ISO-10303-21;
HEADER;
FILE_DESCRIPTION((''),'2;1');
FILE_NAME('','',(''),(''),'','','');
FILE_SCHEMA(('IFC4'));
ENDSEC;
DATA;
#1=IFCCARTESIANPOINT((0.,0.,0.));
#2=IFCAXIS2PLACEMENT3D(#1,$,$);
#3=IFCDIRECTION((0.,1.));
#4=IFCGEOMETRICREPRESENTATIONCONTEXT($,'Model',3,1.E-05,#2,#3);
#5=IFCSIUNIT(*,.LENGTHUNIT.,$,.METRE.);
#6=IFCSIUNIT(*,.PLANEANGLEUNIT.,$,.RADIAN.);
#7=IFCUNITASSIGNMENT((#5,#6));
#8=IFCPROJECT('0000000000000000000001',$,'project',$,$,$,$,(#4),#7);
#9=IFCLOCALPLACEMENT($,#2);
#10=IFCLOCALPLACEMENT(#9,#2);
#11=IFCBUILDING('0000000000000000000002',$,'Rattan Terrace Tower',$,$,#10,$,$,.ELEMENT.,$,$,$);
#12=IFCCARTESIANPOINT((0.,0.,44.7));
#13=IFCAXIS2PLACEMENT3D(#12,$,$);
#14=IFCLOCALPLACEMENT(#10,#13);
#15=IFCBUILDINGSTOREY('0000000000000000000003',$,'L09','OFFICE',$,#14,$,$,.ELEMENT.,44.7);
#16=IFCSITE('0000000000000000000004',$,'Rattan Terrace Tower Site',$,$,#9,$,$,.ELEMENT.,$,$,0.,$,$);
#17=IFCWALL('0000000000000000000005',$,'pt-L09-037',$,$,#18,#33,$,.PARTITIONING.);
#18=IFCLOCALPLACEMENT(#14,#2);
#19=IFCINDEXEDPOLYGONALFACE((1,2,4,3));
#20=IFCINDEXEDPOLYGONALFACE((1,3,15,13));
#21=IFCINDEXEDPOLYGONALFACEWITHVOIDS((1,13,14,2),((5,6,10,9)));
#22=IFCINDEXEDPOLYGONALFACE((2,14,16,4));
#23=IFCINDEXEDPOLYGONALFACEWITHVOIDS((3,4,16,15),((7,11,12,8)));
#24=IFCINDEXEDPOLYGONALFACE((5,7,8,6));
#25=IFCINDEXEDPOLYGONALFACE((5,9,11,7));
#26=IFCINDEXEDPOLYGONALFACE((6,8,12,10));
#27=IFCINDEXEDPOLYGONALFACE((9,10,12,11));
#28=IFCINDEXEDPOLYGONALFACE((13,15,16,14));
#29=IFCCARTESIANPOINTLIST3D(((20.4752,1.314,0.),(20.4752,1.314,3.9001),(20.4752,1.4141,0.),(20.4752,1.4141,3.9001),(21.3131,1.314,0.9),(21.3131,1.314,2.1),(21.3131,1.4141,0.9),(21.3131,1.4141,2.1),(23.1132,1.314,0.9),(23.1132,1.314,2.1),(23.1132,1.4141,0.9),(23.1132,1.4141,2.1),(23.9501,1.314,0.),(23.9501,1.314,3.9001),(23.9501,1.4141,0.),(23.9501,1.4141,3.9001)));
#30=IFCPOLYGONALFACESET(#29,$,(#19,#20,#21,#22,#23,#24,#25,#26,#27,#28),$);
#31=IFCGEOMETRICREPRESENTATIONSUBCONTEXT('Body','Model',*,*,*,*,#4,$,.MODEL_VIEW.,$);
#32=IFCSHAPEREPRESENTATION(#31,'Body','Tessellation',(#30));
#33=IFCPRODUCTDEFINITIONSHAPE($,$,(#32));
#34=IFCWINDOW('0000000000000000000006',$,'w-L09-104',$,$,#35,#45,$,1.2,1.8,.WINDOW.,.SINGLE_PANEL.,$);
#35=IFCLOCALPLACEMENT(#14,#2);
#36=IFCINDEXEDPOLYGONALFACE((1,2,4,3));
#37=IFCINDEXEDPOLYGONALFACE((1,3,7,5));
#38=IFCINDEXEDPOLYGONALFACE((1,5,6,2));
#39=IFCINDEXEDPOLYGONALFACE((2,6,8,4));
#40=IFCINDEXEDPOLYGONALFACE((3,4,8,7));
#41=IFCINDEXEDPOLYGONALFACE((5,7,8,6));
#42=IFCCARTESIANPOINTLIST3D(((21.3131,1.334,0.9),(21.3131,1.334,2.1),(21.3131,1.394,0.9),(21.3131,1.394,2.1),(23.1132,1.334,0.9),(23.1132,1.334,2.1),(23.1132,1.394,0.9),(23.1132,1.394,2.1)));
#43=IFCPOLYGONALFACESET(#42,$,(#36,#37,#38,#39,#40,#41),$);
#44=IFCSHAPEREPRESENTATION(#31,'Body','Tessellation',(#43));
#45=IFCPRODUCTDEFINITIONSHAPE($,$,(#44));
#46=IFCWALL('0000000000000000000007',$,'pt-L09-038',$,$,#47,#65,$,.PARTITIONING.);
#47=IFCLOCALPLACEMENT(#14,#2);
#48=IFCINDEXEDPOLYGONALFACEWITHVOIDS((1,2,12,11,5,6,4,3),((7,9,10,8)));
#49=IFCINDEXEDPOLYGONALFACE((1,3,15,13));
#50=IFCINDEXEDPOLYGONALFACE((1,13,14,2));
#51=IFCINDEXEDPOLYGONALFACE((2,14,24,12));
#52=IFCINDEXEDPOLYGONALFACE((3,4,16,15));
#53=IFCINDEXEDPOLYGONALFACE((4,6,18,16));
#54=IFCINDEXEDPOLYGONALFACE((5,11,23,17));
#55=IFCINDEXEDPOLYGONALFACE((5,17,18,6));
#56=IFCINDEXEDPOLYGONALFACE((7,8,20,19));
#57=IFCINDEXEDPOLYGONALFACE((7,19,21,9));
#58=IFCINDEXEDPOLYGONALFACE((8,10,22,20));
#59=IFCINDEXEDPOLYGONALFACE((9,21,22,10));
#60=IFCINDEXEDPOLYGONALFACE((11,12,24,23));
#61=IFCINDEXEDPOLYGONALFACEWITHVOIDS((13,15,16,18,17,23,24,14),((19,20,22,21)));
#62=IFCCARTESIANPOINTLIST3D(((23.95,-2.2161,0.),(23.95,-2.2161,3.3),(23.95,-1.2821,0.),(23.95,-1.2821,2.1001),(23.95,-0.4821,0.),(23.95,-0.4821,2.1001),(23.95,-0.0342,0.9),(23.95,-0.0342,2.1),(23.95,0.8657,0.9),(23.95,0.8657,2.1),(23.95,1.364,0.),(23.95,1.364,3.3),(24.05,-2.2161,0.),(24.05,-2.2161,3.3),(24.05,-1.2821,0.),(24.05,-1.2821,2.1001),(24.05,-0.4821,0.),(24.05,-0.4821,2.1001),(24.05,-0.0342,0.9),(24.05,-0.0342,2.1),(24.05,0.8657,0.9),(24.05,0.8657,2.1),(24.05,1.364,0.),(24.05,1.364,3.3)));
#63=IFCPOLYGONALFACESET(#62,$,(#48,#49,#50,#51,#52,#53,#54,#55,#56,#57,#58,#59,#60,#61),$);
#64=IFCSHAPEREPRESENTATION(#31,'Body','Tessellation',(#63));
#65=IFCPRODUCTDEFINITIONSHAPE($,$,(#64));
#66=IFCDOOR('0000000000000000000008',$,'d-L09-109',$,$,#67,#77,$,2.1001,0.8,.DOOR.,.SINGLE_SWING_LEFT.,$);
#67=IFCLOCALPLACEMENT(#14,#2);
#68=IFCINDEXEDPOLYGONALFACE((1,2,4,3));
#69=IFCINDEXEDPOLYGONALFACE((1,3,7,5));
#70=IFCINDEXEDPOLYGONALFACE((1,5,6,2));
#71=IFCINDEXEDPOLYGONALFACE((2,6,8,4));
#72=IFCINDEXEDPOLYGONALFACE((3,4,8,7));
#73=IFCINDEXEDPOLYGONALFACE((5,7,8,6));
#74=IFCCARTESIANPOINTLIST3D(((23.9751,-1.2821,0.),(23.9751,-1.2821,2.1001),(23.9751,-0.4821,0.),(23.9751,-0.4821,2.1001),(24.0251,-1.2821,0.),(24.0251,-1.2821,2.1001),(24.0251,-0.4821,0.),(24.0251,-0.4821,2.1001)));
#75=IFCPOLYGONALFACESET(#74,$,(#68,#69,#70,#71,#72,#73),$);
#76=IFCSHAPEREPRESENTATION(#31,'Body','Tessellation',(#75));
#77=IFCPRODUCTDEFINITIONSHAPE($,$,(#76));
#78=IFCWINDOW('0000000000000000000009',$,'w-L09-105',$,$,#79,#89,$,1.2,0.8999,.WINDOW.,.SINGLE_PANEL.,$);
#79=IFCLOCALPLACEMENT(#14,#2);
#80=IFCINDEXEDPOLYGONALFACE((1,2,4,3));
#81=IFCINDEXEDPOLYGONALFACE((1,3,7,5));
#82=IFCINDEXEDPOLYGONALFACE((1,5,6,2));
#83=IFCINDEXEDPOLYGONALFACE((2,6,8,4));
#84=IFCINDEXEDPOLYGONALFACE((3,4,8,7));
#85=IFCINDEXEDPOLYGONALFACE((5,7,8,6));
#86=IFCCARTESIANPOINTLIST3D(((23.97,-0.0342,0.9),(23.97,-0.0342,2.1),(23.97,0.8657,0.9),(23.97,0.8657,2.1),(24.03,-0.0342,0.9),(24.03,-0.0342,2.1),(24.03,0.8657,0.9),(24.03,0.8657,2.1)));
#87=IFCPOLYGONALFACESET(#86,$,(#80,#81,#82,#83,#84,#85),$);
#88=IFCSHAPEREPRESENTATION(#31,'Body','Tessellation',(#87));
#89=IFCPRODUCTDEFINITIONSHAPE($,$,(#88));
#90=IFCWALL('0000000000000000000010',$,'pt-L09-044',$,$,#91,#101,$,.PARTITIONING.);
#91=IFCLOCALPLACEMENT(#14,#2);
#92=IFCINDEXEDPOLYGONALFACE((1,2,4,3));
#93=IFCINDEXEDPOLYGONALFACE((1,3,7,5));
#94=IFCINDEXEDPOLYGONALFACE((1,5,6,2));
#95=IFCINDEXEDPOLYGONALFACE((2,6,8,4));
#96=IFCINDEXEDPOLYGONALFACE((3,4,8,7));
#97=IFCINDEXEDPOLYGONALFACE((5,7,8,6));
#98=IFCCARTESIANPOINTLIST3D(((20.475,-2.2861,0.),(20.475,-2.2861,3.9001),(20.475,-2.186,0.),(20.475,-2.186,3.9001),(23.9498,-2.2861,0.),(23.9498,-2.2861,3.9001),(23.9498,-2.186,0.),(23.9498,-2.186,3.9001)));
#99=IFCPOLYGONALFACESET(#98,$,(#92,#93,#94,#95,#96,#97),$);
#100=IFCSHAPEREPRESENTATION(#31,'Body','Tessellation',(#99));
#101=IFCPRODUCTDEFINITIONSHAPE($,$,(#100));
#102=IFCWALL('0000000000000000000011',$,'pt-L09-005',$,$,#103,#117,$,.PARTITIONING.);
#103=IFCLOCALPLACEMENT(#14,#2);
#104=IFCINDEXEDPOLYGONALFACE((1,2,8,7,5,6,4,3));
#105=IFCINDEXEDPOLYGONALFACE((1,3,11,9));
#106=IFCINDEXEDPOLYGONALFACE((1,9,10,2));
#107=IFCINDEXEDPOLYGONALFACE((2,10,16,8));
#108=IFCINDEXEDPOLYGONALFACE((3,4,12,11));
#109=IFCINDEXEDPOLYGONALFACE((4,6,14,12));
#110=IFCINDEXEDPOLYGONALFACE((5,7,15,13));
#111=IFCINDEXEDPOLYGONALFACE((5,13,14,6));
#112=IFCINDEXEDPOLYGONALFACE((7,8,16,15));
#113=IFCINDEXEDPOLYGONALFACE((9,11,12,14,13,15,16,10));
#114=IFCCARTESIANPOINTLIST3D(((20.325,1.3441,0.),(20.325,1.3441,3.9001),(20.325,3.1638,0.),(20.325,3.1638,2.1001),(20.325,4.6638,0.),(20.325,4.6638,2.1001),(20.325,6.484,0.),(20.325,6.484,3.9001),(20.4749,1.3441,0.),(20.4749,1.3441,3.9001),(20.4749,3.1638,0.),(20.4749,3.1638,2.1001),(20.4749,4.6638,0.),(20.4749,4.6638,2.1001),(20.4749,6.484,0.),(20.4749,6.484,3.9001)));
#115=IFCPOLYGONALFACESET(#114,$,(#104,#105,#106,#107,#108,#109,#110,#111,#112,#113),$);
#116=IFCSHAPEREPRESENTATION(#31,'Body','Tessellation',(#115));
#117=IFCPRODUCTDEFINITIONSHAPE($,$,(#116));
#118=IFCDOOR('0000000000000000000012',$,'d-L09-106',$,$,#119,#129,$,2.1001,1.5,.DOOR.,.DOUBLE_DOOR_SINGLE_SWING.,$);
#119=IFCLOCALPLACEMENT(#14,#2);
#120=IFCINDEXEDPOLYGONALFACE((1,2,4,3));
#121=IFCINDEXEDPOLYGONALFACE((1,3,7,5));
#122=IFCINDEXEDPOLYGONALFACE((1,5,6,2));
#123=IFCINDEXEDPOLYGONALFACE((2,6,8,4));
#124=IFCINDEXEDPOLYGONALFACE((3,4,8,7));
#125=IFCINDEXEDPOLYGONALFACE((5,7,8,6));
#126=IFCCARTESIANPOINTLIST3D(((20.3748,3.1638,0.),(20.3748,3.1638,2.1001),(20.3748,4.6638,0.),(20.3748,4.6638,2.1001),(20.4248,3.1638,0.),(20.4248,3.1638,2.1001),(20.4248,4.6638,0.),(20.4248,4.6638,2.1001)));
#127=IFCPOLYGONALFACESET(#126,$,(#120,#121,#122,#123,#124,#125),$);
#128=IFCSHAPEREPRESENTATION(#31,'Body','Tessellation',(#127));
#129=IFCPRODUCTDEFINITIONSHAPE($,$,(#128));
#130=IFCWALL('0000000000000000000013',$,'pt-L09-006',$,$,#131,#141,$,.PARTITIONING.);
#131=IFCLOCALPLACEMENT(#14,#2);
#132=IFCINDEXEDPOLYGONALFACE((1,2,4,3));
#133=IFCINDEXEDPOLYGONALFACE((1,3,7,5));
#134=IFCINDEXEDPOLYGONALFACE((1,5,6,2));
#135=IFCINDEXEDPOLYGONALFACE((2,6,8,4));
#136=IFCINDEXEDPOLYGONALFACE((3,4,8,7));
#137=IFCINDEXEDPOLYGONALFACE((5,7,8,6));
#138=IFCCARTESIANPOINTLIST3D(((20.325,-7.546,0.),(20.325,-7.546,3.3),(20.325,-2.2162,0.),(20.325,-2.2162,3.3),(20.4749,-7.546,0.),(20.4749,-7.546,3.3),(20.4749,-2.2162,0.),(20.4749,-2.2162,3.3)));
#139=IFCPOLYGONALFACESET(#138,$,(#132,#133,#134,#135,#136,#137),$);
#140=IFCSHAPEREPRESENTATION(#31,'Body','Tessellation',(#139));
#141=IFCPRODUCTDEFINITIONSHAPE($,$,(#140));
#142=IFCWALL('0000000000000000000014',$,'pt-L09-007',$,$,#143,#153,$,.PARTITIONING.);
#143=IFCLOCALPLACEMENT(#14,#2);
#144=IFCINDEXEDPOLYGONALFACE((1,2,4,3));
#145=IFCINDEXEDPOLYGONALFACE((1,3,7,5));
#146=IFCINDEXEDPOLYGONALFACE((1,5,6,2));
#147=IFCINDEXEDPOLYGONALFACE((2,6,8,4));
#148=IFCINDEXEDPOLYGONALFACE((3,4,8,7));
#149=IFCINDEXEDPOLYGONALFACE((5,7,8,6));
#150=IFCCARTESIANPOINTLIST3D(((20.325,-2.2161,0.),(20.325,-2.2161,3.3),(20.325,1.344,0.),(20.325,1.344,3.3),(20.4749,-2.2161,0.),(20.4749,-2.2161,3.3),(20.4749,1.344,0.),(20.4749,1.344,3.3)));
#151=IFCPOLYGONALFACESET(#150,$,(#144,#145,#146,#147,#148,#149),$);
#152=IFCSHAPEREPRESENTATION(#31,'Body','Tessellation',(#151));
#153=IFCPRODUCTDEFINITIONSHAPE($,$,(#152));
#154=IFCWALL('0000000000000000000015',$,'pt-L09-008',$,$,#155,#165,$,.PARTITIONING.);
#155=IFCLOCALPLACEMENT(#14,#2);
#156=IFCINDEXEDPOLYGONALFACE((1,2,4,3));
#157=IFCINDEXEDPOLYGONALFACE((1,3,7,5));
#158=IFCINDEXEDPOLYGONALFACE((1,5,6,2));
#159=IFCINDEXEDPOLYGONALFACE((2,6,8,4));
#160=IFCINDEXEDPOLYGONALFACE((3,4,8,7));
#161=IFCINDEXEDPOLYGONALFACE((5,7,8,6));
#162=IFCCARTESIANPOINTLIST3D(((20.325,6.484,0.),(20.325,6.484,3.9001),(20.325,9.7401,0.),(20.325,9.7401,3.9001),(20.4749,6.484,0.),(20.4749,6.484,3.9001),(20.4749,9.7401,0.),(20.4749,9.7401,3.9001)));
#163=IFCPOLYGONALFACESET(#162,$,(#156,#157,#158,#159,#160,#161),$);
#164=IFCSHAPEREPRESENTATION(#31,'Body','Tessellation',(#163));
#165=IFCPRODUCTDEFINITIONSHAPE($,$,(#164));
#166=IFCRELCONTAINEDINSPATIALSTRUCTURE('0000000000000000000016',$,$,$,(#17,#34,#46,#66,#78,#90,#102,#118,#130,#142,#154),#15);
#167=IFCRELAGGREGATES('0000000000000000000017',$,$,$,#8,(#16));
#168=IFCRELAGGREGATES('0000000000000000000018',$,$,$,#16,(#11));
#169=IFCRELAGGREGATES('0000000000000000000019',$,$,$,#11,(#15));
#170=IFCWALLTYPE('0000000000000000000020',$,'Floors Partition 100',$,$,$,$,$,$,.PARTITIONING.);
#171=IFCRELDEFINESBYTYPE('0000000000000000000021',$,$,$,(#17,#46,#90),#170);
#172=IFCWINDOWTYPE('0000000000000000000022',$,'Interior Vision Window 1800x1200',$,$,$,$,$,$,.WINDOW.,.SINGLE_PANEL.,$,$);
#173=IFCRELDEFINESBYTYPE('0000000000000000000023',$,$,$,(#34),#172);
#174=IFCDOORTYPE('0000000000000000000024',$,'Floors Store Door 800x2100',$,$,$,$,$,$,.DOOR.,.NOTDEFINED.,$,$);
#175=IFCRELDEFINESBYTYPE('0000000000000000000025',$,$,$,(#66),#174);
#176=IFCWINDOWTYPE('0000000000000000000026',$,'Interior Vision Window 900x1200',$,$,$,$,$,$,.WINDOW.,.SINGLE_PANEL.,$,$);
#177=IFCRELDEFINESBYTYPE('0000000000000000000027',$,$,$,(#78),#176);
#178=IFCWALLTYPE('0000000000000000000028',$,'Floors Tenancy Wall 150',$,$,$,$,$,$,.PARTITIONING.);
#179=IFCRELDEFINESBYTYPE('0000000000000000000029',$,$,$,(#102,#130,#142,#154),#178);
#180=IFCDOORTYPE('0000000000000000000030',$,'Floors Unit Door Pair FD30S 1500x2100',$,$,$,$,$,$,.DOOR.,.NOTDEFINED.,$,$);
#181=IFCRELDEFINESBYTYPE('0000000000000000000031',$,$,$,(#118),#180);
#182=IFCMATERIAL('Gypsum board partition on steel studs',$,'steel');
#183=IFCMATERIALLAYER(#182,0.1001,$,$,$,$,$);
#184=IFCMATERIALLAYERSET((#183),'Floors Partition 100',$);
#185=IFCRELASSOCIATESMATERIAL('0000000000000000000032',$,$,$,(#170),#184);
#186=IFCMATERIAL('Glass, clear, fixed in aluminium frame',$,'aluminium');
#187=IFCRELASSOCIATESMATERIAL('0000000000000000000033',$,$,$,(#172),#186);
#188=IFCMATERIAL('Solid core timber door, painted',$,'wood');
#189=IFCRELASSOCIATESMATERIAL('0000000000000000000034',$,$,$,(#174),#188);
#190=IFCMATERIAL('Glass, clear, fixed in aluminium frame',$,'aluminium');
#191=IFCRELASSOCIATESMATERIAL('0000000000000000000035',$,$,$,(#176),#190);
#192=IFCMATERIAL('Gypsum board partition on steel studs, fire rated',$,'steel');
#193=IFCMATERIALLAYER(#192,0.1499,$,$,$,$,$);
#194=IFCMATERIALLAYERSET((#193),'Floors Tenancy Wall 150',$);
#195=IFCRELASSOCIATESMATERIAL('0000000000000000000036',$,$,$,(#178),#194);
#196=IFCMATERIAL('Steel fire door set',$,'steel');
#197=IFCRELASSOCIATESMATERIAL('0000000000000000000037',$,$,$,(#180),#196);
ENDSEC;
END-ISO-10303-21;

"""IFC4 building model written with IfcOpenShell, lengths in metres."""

from ifc_helpers import new_model, si_unit, direction, frame, frame_2d, origin, place, context, subcontext, project, spatial, rectangle, extrude, material, layer, layer_set, type_object, element, fill, save


model = new_model("IFC4")

# Units and contexts
model_context = context("Model", 3, precision=1e-05, world=origin(), true_north=direction((0.0, 1.0)))
body_context = subcontext(model_context, "Body", "Model", "MODEL_VIEW")
ifc_project = project(units=[si_unit("LENGTHUNIT", "METRE"), si_unit("PLANEANGLEUNIT", "RADIAN")], contexts=[model_context])

# Site, building, storey
site_placement = place(None, origin())
site = spatial("IfcSite", under=ifc_project, at=site_placement, Name="Rattan Terrace Tower Site", CompositionType="ELEMENT", RefElevation=0.0)
building_placement = place(site_placement, origin())
building = spatial("IfcBuilding", under=site, at=building_placement, Name="Rattan Terrace Tower", CompositionType="ELEMENT")
storey_placement = place(building_placement, frame((0.0, 0.0, 44.7)))
storey = spatial("IfcBuildingStorey", under=building, at=storey_placement, Name="L09", Description="OFFICE", CompositionType="ELEMENT", Elevation=44.7)

# Wall, opening, window
ifc_material_1 = material(Name="Gypsum board partition on steel studs", Category="steel")
ifc_layer_1 = layer(ifc_material_1, 0.1001)
ifc_layer_set_1 = layer_set([ifc_layer_1], Name="Floors Partition 100")
wall_type_1 = type_object("IfcWallType", Name="Floors Partition 100", PredefinedType="PARTITIONING", material=ifc_layer_set_1)
wall_1_placement = place(storey_placement, frame((23.95, 1.364, 0.0), z_axis=(0.0, 0.0, 1.0), x_axis=(-1.0, 0.0, 0.0)))
wall_1 = element("IfcWall", 1, at=wall_1_placement, inside=storey, type_object=wall_type_1, Name="pt-L09-037", PredefinedType="PARTITIONING", context=body_context, shape_type="SweptSolid", body=[
    extrude(rectangle(XDim=3.4749, YDim=0.1001, at=frame_2d((1.7373, 0.0))), origin(), (0.0, 0.0, 1.0), 3.9001),
])
opening_1_placement = place(wall_1_placement, frame((0.8369, 0.0, 0.8999)))
opening_1 = element("IfcOpeningElement", 2, at=opening_1_placement, cuts=wall_1, PredefinedType="OPENING", context=body_context, shape_type="SweptSolid", body=[
    extrude(rectangle(XDim=1.8, YDim=1.2, at=frame_2d((0.8999, 0.6001))), frame((0.0, 0.0605, 0.0), z_axis=(0.0, -1.0, 0.0), x_axis=(1.0, 0.0, 0.0)), (0.0, 0.0, 1.0), 0.1211),
])
ifc_material_2 = material(Name="Glass, clear, fixed in aluminium frame", Category="aluminium")
window_type_1 = type_object("IfcWindowType", Name="Interior Vision Window 1800x1200", PartitioningType="SINGLE_PANEL", PredefinedType="WINDOW", material=ifc_material_2)
window_1_placement = place(opening_1_placement, origin())
window_1 = element("IfcWindow", 3, at=window_1_placement, inside=storey, type_object=window_type_1, Name="w-L09-104", OverallHeight=1.2, OverallWidth=1.8, PartitioningType="SINGLE_PANEL", PredefinedType="WINDOW", context=body_context, shape_type="SweptSolid", body=[
    extrude(rectangle(XDim=1.8, YDim=1.2, at=frame_2d((0.8999, 0.6001))), frame((0.0, 0.03, 0.0), z_axis=(0.0, -1.0, 0.0), x_axis=(1.0, 0.0, 0.0)), (0.0, 0.0, 1.0), 0.0601),
])
fill(opening_1, window_1)

# Wall, openings, door, window
wall_2_placement = place(storey_placement, frame((24.0, -2.2161, 0.0), z_axis=(0.0, 0.0, 1.0), x_axis=(0.0, 1.0, 0.0)))
wall_2 = element("IfcWall", 4, at=wall_2_placement, inside=storey, type_object=wall_type_1, Name="pt-L09-038", PredefinedType="PARTITIONING", context=body_context, shape_type="SweptSolid", body=[
    extrude(rectangle(XDim=3.5801, YDim=0.1001, at=frame_2d((1.79, 0.0))), origin(), (0.0, 0.0, 1.0), 3.3),
])
opening_2_placement = place(wall_2_placement, frame((0.9341, 0.0, 0.0)))
opening_2 = element("IfcOpeningElement", 5, at=opening_2_placement, cuts=wall_2, PredefinedType="OPENING", context=body_context, shape_type="SweptSolid", body=[
    extrude(rectangle(XDim=0.8, YDim=2.1001, at=frame_2d((0.3999, 1.05))), frame((0.0, 0.0605, 0.0), z_axis=(0.0, -1.0, 0.0), x_axis=(1.0, 0.0, 0.0)), (0.0, 0.0, 1.0), 0.1211),
])
opening_3_placement = place(wall_2_placement, frame((2.1819, 0.0, 0.8999)))
opening_3 = element("IfcOpeningElement", 6, at=opening_3_placement, cuts=wall_2, PredefinedType="OPENING", context=body_context, shape_type="SweptSolid", body=[
    extrude(rectangle(XDim=0.8999, YDim=1.2, at=frame_2d((0.45, 0.6001))), frame((0.0, 0.0605, 0.0), z_axis=(0.0, -1.0, 0.0), x_axis=(1.0, 0.0, 0.0)), (0.0, 0.0, 1.0), 0.1211),
])
ifc_material_3 = material(Name="Solid core timber door, painted", Category="wood")
door_type_1 = type_object("IfcDoorType", Name="Floors Store Door 800x2100", OperationType="NOTDEFINED", PredefinedType="DOOR", material=ifc_material_3)
door_1_placement = place(opening_2_placement, origin())
door_1 = element("IfcDoor", 7, at=door_1_placement, inside=storey, type_object=door_type_1, Name="d-L09-109", OperationType="SINGLE_SWING_LEFT", OverallHeight=2.1001, OverallWidth=0.8, PredefinedType="DOOR", context=body_context, shape_type="SweptSolid", body=[
    extrude(rectangle(XDim=0.8, YDim=2.1001, at=frame_2d((0.3999, 1.05))), frame((0.0, 0.0249, 0.0), z_axis=(0.0, -1.0, 0.0), x_axis=(1.0, 0.0, 0.0)), (0.0, 0.0, 1.0), 0.05),
])
fill(opening_2, door_1)
ifc_material_4 = material(Name="Glass, clear, fixed in aluminium frame", Category="aluminium")
window_type_2 = type_object("IfcWindowType", Name="Interior Vision Window 900x1200", PartitioningType="SINGLE_PANEL", PredefinedType="WINDOW", material=ifc_material_4)
window_2_placement = place(opening_3_placement, origin())
window_2 = element("IfcWindow", 8, at=window_2_placement, inside=storey, type_object=window_type_2, Name="w-L09-105", OverallHeight=1.2, OverallWidth=0.8999, PartitioningType="SINGLE_PANEL", PredefinedType="WINDOW", context=body_context, shape_type="SweptSolid", body=[
    extrude(rectangle(XDim=0.8999, YDim=1.2, at=frame_2d((0.45, 0.6001))), frame((0.0, 0.03, 0.0), z_axis=(0.0, -1.0, 0.0), x_axis=(1.0, 0.0, 0.0)), (0.0, 0.0, 1.0), 0.0601),
])
fill(opening_3, window_2)

# Wall
wall_3_placement = place(storey_placement, frame((20.4751, -2.2361, 0.0), z_axis=(0.0, 0.0, 1.0), x_axis=(1.0, 0.0, 0.0)))
element("IfcWall", 9, at=wall_3_placement, inside=storey, type_object=wall_type_1, Name="pt-L09-044", PredefinedType="PARTITIONING", context=body_context, shape_type="SweptSolid", body=[
    extrude(rectangle(XDim=3.4749, YDim=0.1001, at=frame_2d((1.7373, 0.0))), origin(), (0.0, 0.0, 1.0), 3.9001),
])

# Wall, opening, door
ifc_material_5 = material(Name="Gypsum board partition on steel studs, fire rated", Category="steel")
ifc_layer_2 = layer(ifc_material_5, 0.1499)
ifc_layer_set_2 = layer_set([ifc_layer_2], Name="Floors Tenancy Wall 150")
wall_type_2 = type_object("IfcWallType", Name="Floors Tenancy Wall 150", PredefinedType="PARTITIONING", material=ifc_layer_set_2)
wall_4_placement = place(storey_placement, frame((20.3999, 6.4839, 0.0), z_axis=(0.0, 0.0, 1.0), x_axis=(0.0, -1.0, 0.0)))
wall_4 = element("IfcWall", 10, at=wall_4_placement, inside=storey, type_object=wall_type_2, Name="pt-L09-005", PredefinedType="PARTITIONING", context=body_context, shape_type="SweptSolid", body=[
    extrude(rectangle(XDim=5.1399, YDim=0.1499, at=frame_2d((2.5698, 0.0))), origin(), (0.0, 0.0, 1.0), 3.9001),
])
opening_4_placement = place(wall_4_placement, frame((1.8201, 0.0, 0.0)))
opening_4 = element("IfcOpeningElement", 11, at=opening_4_placement, cuts=wall_4, PredefinedType="OPENING", context=body_context, shape_type="SweptSolid", body=[
    extrude(rectangle(XDim=1.5, YDim=2.1001, at=frame_2d((0.75, 1.05))), frame((0.0, 0.0854, 0.0), z_axis=(0.0, -1.0, 0.0), x_axis=(1.0, 0.0, 0.0)), (0.0, 0.0, 1.0), 0.1709),
])
ifc_material_6 = material(Name="Steel fire door set", Category="steel")
door_type_2 = type_object("IfcDoorType", Name="Floors Unit Door Pair FD30S 1500x2100", OperationType="NOTDEFINED", PredefinedType="DOOR", material=ifc_material_6)
door_2_placement = place(opening_4_placement, origin())
door_2 = element("IfcDoor", 12, at=door_2_placement, inside=storey, type_object=door_type_2, Name="d-L09-106", OperationType="DOUBLE_DOOR_SINGLE_SWING", OverallHeight=2.1001, OverallWidth=1.5, PredefinedType="DOOR", context=body_context, shape_type="SweptSolid", body=[
    extrude(rectangle(XDim=1.5, YDim=2.1001, at=frame_2d((0.75, 1.05))), frame((0.0, 0.0249, 0.0), z_axis=(0.0, -1.0, 0.0), x_axis=(1.0, 0.0, 0.0)), (0.0, 0.0, 1.0), 0.05),
])
fill(opening_4, door_2)

# Walls
wall_5_placement = place(storey_placement, frame((20.3999, -2.2161, 0.0), z_axis=(0.0, 0.0, 1.0), x_axis=(0.0, -1.0, 0.0)))
element("IfcWall", 13, at=wall_5_placement, inside=storey, type_object=wall_type_2, Name="pt-L09-006", PredefinedType="PARTITIONING", context=body_context, shape_type="SweptSolid", body=[
    extrude(rectangle(XDim=5.3298, YDim=0.1499, at=frame_2d((2.665, 0.0))), origin(), (0.0, 0.0, 1.0), 3.3),
])
wall_6_placement = place(storey_placement, frame((20.3999, 1.344, 0.0), z_axis=(0.0, 0.0, 1.0), x_axis=(0.0, -1.0, 0.0)))
element("IfcWall", 14, at=wall_6_placement, inside=storey, type_object=wall_type_2, Name="pt-L09-007", PredefinedType="PARTITIONING", context=body_context, shape_type="SweptSolid", body=[
    extrude(rectangle(XDim=3.5601, YDim=0.1499, at=frame_2d((1.78, 0.0))), origin(), (0.0, 0.0, 1.0), 3.3),
])
wall_7_placement = place(storey_placement, frame((20.3999, 9.74, 0.0), z_axis=(0.0, 0.0, 1.0), x_axis=(0.0, -1.0, 0.0)))
element("IfcWall", 15, at=wall_7_placement, inside=storey, type_object=wall_type_2, Name="pt-L09-008", PredefinedType="PARTITIONING", context=body_context, shape_type="SweptSolid", body=[
    extrude(rectangle(XDim=3.2561, YDim=0.1499, at=frame_2d((1.6279, 0.0))), origin(), (0.0, 0.0, 1.0), 3.9001),
])

save(model, "model.ifc")
